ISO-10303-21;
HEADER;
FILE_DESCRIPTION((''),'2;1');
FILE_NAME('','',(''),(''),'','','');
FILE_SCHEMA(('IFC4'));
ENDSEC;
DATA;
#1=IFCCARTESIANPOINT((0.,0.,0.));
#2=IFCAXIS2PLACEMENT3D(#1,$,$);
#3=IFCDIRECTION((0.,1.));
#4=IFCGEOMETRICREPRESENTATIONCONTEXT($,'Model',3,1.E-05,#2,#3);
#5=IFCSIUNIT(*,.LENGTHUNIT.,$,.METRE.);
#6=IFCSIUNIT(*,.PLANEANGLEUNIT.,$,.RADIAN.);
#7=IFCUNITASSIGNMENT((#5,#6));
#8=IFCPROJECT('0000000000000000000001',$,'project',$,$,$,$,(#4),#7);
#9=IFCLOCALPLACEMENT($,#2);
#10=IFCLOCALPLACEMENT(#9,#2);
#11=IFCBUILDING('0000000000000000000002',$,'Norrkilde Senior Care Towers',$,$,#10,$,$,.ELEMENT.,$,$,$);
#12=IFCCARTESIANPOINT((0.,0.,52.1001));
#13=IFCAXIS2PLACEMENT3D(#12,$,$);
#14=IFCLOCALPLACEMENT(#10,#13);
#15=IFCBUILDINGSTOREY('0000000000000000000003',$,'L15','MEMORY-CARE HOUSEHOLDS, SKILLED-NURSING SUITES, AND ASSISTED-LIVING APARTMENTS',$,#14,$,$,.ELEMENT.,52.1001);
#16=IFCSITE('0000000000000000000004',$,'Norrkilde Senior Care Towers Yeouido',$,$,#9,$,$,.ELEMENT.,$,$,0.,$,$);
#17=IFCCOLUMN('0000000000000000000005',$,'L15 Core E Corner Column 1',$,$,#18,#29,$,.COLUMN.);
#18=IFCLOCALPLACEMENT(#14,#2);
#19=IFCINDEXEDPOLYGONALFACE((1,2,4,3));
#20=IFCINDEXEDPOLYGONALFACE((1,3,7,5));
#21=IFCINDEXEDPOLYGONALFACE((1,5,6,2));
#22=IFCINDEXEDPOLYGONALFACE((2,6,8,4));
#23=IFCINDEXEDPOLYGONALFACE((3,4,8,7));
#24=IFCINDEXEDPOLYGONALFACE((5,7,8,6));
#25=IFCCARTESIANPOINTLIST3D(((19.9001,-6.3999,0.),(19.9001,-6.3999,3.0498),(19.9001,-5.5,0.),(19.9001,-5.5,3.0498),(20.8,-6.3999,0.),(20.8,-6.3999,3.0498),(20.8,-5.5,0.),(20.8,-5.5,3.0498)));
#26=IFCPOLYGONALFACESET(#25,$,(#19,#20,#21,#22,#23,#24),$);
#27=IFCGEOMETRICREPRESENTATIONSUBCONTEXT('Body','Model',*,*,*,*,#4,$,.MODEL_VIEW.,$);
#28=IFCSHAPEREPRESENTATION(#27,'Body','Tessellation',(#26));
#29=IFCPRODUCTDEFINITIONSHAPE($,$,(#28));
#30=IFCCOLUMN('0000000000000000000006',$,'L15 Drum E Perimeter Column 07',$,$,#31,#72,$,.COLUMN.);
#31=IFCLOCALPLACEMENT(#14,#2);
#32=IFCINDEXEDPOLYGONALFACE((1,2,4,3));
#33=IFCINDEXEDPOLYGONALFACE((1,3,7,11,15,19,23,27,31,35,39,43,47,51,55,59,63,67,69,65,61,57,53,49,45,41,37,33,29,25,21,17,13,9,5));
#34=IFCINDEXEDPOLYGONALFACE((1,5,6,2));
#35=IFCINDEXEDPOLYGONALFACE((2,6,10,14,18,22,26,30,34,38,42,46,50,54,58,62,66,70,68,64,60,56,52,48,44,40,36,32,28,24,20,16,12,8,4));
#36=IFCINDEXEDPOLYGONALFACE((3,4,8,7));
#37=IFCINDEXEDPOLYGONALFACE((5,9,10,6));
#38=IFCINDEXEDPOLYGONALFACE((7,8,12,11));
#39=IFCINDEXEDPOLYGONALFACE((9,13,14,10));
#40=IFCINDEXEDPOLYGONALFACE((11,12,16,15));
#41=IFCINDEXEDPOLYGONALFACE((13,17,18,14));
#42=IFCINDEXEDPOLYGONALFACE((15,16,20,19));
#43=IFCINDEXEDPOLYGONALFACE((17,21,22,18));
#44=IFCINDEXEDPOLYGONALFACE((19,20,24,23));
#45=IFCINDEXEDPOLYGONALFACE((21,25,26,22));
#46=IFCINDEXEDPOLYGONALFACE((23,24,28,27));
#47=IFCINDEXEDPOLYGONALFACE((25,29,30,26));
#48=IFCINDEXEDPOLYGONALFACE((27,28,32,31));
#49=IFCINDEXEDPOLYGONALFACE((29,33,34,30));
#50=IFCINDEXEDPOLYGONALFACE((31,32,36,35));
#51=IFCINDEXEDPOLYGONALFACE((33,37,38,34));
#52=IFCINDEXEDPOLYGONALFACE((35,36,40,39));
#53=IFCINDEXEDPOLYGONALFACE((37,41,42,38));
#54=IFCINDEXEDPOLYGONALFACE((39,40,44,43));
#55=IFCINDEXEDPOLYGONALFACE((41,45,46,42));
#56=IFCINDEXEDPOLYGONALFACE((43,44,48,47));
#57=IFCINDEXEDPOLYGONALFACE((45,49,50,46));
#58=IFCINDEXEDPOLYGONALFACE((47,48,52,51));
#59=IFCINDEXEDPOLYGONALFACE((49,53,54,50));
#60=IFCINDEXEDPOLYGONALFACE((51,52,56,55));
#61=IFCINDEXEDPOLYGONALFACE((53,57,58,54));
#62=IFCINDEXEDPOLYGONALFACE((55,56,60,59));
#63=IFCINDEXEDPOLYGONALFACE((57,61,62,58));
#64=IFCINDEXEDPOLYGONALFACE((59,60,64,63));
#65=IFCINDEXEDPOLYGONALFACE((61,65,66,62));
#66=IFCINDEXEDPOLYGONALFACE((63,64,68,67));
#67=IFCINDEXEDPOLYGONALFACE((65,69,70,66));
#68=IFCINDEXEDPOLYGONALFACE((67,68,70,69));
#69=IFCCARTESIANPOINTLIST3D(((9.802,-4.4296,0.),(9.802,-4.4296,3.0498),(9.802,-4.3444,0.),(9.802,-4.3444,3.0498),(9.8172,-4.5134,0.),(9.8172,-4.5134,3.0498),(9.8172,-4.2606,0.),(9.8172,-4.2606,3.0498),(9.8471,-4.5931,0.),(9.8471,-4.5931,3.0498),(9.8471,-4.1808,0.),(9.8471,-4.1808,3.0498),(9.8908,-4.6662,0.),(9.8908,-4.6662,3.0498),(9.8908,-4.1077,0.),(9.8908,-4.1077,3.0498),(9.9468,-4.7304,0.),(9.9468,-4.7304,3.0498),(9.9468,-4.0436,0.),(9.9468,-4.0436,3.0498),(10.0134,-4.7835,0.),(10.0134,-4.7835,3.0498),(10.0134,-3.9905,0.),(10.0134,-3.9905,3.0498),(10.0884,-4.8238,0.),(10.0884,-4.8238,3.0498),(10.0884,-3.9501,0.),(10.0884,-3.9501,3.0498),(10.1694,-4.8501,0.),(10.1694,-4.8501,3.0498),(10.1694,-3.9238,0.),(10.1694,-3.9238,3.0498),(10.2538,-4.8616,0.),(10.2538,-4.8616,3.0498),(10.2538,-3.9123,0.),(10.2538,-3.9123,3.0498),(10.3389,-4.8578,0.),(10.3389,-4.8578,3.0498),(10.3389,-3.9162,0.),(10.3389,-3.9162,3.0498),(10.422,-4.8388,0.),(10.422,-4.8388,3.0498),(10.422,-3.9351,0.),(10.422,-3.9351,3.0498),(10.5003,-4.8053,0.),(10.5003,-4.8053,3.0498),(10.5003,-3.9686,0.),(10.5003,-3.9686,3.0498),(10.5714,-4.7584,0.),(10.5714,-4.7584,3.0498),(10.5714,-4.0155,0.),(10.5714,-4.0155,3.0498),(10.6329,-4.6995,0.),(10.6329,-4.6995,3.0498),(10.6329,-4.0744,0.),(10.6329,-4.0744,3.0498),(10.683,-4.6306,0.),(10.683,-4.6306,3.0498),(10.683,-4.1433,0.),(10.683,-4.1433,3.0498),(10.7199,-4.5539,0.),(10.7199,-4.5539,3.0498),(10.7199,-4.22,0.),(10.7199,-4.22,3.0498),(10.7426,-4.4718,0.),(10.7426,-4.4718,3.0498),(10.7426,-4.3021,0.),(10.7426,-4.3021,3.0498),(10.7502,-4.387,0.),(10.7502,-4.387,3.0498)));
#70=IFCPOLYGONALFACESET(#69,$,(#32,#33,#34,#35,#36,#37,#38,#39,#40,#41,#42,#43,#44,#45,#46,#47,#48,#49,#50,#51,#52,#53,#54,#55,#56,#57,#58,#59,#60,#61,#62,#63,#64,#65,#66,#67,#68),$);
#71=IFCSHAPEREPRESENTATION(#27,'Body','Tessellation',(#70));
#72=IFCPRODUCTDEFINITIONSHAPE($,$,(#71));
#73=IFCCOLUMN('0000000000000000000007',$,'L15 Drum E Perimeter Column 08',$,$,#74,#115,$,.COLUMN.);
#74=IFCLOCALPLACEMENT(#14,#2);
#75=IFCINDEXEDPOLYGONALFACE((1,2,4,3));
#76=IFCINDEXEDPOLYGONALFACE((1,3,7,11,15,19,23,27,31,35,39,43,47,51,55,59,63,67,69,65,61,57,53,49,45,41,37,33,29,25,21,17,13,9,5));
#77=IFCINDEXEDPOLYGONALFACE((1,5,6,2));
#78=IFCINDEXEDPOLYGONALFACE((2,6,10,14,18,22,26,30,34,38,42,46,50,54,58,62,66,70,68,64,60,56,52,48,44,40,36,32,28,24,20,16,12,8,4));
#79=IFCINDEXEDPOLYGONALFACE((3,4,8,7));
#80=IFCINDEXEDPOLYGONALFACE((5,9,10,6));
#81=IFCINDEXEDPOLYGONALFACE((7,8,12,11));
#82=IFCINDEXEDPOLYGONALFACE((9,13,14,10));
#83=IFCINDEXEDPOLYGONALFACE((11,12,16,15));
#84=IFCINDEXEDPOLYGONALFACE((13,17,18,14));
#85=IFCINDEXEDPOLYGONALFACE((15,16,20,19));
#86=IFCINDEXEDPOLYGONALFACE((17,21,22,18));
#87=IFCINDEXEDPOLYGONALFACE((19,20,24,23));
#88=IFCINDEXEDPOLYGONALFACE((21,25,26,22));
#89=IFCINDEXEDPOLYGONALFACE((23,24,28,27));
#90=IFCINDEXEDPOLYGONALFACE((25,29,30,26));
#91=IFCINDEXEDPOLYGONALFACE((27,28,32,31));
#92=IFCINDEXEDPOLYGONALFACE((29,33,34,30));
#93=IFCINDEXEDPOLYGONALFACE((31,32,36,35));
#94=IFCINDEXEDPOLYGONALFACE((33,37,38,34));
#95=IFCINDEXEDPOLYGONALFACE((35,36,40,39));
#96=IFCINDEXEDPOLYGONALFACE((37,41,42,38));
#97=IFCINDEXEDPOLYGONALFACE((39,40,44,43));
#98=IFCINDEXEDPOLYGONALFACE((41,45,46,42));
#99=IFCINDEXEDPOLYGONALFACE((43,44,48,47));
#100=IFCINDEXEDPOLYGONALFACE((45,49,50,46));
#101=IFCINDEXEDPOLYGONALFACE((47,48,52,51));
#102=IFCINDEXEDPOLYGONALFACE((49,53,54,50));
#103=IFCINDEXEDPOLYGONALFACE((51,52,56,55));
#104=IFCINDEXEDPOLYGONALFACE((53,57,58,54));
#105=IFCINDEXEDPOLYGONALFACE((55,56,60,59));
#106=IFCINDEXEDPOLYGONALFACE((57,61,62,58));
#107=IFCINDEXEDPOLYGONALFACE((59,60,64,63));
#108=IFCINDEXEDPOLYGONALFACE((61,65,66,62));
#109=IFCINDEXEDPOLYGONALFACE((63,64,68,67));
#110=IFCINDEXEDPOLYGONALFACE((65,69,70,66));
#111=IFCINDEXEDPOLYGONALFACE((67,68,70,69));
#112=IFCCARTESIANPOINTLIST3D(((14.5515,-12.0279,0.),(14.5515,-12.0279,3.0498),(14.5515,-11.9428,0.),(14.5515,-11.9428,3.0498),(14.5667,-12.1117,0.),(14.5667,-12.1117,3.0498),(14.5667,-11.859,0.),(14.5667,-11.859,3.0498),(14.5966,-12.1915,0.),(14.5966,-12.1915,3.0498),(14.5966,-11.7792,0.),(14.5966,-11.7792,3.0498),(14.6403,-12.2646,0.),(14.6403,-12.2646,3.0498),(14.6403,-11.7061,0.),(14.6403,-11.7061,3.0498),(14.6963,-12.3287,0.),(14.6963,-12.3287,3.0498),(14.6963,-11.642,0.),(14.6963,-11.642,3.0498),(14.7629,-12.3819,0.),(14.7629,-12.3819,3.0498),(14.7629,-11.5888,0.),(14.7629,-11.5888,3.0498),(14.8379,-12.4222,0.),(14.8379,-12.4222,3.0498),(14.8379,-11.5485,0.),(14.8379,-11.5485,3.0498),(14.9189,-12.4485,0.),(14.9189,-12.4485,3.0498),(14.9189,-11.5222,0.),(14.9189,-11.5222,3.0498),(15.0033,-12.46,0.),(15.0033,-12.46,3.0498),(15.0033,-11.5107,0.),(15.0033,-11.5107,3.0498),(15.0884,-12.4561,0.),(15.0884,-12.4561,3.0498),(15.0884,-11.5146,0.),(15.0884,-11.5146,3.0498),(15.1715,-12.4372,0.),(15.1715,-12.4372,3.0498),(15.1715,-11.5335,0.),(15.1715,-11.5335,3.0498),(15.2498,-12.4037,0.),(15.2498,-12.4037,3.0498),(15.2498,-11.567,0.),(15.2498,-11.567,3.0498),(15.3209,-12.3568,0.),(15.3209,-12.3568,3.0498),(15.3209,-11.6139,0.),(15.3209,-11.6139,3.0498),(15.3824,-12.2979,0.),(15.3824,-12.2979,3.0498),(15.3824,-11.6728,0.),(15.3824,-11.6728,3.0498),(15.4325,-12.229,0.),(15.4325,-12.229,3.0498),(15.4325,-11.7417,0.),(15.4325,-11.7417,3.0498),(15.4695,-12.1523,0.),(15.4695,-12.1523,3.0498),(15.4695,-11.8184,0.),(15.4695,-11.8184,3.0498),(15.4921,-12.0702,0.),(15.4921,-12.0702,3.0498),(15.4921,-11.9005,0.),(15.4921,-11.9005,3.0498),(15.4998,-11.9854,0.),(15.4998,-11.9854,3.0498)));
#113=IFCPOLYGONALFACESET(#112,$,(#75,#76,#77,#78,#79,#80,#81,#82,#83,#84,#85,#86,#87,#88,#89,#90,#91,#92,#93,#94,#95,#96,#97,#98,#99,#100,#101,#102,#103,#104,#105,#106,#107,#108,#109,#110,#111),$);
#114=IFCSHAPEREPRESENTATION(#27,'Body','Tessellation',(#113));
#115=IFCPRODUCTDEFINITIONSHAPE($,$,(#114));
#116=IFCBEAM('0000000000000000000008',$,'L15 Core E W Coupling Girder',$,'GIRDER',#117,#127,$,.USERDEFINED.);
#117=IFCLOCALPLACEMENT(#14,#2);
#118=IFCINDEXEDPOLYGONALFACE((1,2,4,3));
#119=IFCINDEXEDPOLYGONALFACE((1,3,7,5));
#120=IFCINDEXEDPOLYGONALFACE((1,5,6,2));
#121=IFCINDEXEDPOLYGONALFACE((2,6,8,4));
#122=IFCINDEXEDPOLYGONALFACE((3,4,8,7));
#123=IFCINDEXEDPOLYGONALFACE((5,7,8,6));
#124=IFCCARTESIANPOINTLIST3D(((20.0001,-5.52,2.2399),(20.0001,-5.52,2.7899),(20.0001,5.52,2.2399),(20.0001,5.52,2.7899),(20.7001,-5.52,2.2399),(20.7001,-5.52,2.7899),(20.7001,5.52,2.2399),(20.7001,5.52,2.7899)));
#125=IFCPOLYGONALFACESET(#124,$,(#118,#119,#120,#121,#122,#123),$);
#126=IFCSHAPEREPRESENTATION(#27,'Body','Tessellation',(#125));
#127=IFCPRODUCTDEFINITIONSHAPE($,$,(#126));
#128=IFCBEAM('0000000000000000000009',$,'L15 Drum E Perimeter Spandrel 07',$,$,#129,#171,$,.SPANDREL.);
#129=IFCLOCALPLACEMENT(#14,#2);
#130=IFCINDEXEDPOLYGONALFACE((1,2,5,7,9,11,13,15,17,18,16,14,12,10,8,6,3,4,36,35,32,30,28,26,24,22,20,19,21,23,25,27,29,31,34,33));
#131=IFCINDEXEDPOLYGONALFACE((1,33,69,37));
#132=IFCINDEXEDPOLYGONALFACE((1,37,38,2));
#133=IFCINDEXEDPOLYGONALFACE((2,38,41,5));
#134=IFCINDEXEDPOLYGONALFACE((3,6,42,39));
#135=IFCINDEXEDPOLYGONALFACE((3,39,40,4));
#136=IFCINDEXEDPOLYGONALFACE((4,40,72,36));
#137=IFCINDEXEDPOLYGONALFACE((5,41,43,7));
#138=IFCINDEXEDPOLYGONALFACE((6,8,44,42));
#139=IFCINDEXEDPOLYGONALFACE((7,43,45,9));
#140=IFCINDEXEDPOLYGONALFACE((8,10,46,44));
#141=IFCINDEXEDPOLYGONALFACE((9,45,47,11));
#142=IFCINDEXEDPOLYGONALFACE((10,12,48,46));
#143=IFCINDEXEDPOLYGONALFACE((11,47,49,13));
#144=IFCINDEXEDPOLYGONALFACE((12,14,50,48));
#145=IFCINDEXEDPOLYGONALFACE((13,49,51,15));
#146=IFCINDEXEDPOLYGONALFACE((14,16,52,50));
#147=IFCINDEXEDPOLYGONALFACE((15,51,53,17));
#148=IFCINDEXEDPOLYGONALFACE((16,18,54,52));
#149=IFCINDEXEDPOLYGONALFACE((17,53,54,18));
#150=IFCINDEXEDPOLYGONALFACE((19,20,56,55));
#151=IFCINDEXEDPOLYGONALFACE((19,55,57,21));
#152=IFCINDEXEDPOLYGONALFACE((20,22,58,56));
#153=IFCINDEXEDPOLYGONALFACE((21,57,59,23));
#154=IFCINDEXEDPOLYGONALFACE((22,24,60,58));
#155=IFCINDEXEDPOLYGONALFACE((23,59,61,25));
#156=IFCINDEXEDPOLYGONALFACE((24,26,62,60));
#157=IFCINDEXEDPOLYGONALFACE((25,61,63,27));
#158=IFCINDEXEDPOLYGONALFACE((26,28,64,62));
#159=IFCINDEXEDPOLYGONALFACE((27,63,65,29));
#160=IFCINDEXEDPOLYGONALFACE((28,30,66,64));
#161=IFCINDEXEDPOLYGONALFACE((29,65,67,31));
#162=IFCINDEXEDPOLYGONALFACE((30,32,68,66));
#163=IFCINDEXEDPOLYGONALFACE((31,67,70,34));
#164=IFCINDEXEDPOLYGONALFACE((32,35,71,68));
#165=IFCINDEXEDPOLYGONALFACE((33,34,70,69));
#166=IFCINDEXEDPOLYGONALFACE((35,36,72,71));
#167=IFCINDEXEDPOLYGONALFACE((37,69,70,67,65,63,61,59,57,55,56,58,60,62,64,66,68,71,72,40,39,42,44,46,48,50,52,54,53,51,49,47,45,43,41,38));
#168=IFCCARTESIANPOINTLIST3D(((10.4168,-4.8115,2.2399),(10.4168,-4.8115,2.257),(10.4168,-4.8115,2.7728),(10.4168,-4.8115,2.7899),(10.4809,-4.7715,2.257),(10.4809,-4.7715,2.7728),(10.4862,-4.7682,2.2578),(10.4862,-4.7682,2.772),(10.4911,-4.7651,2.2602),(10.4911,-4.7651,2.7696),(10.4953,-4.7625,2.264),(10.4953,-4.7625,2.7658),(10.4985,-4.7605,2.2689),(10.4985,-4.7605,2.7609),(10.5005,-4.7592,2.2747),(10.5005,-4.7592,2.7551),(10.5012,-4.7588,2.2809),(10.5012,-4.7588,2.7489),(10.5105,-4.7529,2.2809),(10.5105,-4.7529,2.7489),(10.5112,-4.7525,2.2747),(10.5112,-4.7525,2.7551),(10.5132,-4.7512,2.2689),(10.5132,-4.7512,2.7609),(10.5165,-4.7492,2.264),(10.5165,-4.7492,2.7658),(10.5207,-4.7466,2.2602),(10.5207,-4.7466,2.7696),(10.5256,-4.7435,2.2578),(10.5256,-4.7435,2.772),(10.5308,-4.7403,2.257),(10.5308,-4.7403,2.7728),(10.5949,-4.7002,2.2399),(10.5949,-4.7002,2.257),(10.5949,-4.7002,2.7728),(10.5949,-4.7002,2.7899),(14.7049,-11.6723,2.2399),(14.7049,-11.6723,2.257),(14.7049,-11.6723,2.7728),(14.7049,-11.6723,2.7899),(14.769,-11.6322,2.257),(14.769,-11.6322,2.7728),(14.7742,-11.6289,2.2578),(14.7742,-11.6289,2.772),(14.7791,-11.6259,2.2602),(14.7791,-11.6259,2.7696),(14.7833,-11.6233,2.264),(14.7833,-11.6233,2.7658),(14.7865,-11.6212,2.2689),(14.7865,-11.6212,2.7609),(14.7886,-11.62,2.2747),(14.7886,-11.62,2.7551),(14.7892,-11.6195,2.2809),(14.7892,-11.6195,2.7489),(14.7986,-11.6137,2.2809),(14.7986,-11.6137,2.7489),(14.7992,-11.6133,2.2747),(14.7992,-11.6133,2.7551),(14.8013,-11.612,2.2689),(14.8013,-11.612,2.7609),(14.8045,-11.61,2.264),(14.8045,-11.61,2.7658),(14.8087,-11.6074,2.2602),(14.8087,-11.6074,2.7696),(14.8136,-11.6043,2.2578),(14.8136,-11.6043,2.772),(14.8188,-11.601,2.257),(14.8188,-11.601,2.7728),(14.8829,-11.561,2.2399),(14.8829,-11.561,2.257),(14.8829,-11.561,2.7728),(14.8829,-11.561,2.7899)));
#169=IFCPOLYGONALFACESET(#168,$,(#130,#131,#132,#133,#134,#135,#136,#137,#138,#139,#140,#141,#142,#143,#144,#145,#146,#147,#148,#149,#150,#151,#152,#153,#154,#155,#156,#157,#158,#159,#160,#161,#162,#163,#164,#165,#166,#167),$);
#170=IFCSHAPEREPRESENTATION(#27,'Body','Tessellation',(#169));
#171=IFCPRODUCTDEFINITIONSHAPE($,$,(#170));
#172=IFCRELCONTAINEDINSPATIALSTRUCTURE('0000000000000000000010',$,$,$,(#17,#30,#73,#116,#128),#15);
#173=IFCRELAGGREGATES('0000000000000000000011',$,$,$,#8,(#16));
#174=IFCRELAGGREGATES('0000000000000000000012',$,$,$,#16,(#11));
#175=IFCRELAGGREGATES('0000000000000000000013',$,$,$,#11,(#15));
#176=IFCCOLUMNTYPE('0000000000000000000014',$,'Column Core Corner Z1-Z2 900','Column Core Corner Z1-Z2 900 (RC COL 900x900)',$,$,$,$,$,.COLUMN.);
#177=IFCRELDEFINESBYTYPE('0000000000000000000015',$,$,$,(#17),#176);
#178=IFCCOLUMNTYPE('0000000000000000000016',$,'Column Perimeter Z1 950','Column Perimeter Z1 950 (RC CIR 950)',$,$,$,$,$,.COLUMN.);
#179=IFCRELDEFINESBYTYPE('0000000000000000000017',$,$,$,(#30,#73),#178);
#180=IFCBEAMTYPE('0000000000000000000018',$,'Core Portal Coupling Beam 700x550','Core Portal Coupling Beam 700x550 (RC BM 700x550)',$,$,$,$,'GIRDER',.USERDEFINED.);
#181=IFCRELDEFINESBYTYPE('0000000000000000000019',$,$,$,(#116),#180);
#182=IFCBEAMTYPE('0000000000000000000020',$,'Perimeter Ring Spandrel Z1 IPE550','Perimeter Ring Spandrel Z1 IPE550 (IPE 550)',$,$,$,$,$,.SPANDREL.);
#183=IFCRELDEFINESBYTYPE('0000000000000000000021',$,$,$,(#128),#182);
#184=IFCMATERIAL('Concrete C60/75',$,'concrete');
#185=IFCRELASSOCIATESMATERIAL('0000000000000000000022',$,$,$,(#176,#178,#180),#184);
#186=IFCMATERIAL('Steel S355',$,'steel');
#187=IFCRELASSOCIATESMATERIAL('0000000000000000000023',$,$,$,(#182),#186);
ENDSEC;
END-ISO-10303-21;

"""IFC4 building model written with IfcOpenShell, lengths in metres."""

from ifc_helpers import new_model, si_unit, direction, frame, origin, origin_2d, place, context, subcontext, project, spatial, rectangle, circle, i_section, extrude, source, transform, mapped, material, material_profile, profile_set, type_object, type_shapes, element, save


model = new_model("IFC4")

# Units and contexts
model_context = context("Model", 3, precision=1e-05, world=origin(), true_north=direction((0.0, 1.0)))
body_context = subcontext(model_context, "Body", "Model", "MODEL_VIEW")
ifc_project = project(units=[si_unit("LENGTHUNIT", "METRE"), si_unit("PLANEANGLEUNIT", "RADIAN")], contexts=[model_context])

# Site, building, storey
site_placement = place(None, origin())
site = spatial("IfcSite", under=ifc_project, at=site_placement, Name="Norrkilde Senior Care Towers Yeouido", CompositionType="ELEMENT", RefElevation=0.0)
building_placement = place(site_placement, origin())
building = spatial("IfcBuilding", under=site, at=building_placement, Name="Norrkilde Senior Care Towers", CompositionType="ELEMENT")
storey_placement = place(building_placement, frame((0.0, 0.0, 52.1001)))
storey = spatial("IfcBuildingStorey", under=building, at=storey_placement, Name="L15", Description="MEMORY-CARE HOUSEHOLDS, SKILLED-NURSING SUITES, AND ASSISTED-LIVING APARTMENTS", CompositionType="ELEMENT", Elevation=52.1001)

# Columns
ifc_material_1 = material(Name="Concrete C60/75", Category="concrete")
ifc_material_profile_1 = material_profile(ifc_material_1, rectangle(XDim=0.8999, YDim=0.8999, at=origin_2d()), Name="RC COL 900x900")
ifc_profile_set_1 = profile_set([ifc_material_profile_1], Name="Concrete C60/75")
column_type_1 = type_object("IfcColumnType", Name="Column Core Corner Z1-Z2 900", Description="Column Core Corner Z1-Z2 900 (RC COL 900x900)", PredefinedType="COLUMN", material=ifc_profile_set_1)
shared_shape_1 = source(origin(), body_context, "Body", "SweptSolid", [
    extrude(rectangle(XDim=0.8999, YDim=0.8999, at=origin_2d()), origin(), (0.0, 0.0, 1.0), 3.0498),
])
type_shapes(column_type_1, [shared_shape_1])
column_placement = place(storey_placement, frame((20.3501, -5.95, 0.0), z_axis=(0.0, 0.0, 1.0), x_axis=(1.0, 0.0, 0.0)))
element("IfcColumn", 1, at=column_placement, inside=storey, type_object=column_type_1, Name="L15 Core E Corner Column 1", PredefinedType="COLUMN", context=body_context, shape_type="MappedRepresentation", body=[
    mapped(shared_shape_1, transform((0.0, 0.0, 0.0), x_axis=(1.0, 0.0, 0.0), y_axis=(0.0, 1.0, 0.0), z_axis=(0.0, 0.0, 1.0), scale=1.0)),
])
ifc_material_profile_2 = material_profile(ifc_material_1, circle(Radius=0.4751, at=origin_2d()), Name="RC CIR 950")
ifc_profile_set_2 = profile_set([ifc_material_profile_2], Name="Concrete C60/75")
column_type_2 = type_object("IfcColumnType", Name="Column Perimeter Z1 950", Description="Column Perimeter Z1 950 (RC CIR 950)", PredefinedType="COLUMN", material=ifc_profile_set_2)
shared_shape_2 = source(origin(), body_context, "Body", "SweptSolid", [
    extrude(circle(Radius=0.4751, at=origin_2d()), origin(), (0.0, 0.0, 1.0), 3.0498),
])
type_shapes(column_type_2, [shared_shape_2])
for number, where, z_axis, x_axis, name in (
    (2, (10.2751, -4.387, 0.0), (0.0, 0.0, 1.0), (1.0, 0.0, 0.0), "L15 Drum E Perimeter Column 07"),
    (3, (15.0247, -11.9854, 0.0), (0.0, 0.0, 1.0), (1.0, 0.0, 0.0), "L15 Drum E Perimeter Column 08"),
):
    element("IfcColumn", number, at=place(storey_placement, frame(where, z_axis=z_axis, x_axis=x_axis)), inside=storey, type_object=column_type_2, Name=name, PredefinedType="COLUMN", context=body_context, shape_type="MappedRepresentation", body=[
        mapped(shared_shape_2, transform((0.0, 0.0, 0.0), x_axis=(1.0, 0.0, 0.0), y_axis=(0.0, 1.0, 0.0), z_axis=(0.0, 0.0, 1.0), scale=1.0)),
    ])

# Beams
ifc_material_profile_3 = material_profile(ifc_material_1, rectangle(XDim=0.7, YDim=0.55, at=origin_2d()), Name="RC BM 700x550")
ifc_profile_set_3 = profile_set([ifc_material_profile_3], Name="Concrete C60/75")
beam_type_1 = type_object("IfcBeamType", Name="Core Portal Coupling Beam 700x550", Description="Core Portal Coupling Beam 700x550 (RC BM 700x550)", ElementType="GIRDER", PredefinedType="USERDEFINED", material=ifc_profile_set_3)
shared_shape_3 = source(origin(), body_context, "Body", "SweptSolid", [
    extrude(rectangle(XDim=0.7, YDim=0.55, at=origin_2d()), origin(), (0.0, 0.0, 1.0), 11.04),
])
type_shapes(beam_type_1, [shared_shape_3])
beam_1_placement = place(storey_placement, frame((20.3501, -5.52, 2.5149), z_axis=(0.0, 1.0, 0.0), x_axis=(-1.0, 0.0, 0.0)))
element("IfcBeam", 4, at=beam_1_placement, inside=storey, type_object=beam_type_1, Name="L15 Core E W Coupling Girder", ObjectType="GIRDER", PredefinedType="USERDEFINED", context=body_context, shape_type="MappedRepresentation", body=[
    mapped(shared_shape_3, transform((0.0, 0.0, 0.0), x_axis=(1.0, 0.0, 0.0), y_axis=(0.0, 1.0, 0.0), z_axis=(0.0, 0.0, 1.0), scale=1.0)),
])
ifc_material_2 = material(Name="Steel S355", Category="steel")
ifc_material_profile_4 = material_profile(ifc_material_2, i_section(OverallWidth=0.21, OverallDepth=0.55, WebThickness=0.011, FlangeThickness=0.0171, FilletRadius=0.0239, at=origin_2d()), Name="IPE 550")
ifc_profile_set_4 = profile_set([ifc_material_profile_4], Name="Steel S355")
beam_type_2 = type_object("IfcBeamType", Name="Perimeter Ring Spandrel Z1 IPE550", Description="Perimeter Ring Spandrel Z1 IPE550 (IPE 550)", PredefinedType="SPANDREL", material=ifc_profile_set_4)
shared_shape_4 = source(origin(), body_context, "Body", "SweptSolid", [
    extrude(i_section(OverallWidth=0.21, OverallDepth=0.55, WebThickness=0.011, FlangeThickness=0.0171, FilletRadius=0.0239, at=origin_2d()), origin(), (0.0, 0.0, 1.0), 8.0906),
])
beam_2_placement = place(storey_placement, frame((10.5059, -4.7559, 2.5149), z_axis=(0.530004, -0.847995, 0.0), x_axis=(0.847995, 0.530004, 0.0)))
element("IfcBeam", 5, at=beam_2_placement, inside=storey, type_object=beam_type_2, Name="L15 Drum E Perimeter Spandrel 07", PredefinedType="SPANDREL", context=body_context, shape_type="MappedRepresentation", body=[
    mapped(shared_shape_4, transform((0.0, 0.0, 0.0), x_axis=(1.0, 0.0, 0.0), y_axis=(0.0, 1.0, 0.0), z_axis=(0.0, 0.0, 1.0), scale=1.0)),
])

save(model, "model.ifc")
